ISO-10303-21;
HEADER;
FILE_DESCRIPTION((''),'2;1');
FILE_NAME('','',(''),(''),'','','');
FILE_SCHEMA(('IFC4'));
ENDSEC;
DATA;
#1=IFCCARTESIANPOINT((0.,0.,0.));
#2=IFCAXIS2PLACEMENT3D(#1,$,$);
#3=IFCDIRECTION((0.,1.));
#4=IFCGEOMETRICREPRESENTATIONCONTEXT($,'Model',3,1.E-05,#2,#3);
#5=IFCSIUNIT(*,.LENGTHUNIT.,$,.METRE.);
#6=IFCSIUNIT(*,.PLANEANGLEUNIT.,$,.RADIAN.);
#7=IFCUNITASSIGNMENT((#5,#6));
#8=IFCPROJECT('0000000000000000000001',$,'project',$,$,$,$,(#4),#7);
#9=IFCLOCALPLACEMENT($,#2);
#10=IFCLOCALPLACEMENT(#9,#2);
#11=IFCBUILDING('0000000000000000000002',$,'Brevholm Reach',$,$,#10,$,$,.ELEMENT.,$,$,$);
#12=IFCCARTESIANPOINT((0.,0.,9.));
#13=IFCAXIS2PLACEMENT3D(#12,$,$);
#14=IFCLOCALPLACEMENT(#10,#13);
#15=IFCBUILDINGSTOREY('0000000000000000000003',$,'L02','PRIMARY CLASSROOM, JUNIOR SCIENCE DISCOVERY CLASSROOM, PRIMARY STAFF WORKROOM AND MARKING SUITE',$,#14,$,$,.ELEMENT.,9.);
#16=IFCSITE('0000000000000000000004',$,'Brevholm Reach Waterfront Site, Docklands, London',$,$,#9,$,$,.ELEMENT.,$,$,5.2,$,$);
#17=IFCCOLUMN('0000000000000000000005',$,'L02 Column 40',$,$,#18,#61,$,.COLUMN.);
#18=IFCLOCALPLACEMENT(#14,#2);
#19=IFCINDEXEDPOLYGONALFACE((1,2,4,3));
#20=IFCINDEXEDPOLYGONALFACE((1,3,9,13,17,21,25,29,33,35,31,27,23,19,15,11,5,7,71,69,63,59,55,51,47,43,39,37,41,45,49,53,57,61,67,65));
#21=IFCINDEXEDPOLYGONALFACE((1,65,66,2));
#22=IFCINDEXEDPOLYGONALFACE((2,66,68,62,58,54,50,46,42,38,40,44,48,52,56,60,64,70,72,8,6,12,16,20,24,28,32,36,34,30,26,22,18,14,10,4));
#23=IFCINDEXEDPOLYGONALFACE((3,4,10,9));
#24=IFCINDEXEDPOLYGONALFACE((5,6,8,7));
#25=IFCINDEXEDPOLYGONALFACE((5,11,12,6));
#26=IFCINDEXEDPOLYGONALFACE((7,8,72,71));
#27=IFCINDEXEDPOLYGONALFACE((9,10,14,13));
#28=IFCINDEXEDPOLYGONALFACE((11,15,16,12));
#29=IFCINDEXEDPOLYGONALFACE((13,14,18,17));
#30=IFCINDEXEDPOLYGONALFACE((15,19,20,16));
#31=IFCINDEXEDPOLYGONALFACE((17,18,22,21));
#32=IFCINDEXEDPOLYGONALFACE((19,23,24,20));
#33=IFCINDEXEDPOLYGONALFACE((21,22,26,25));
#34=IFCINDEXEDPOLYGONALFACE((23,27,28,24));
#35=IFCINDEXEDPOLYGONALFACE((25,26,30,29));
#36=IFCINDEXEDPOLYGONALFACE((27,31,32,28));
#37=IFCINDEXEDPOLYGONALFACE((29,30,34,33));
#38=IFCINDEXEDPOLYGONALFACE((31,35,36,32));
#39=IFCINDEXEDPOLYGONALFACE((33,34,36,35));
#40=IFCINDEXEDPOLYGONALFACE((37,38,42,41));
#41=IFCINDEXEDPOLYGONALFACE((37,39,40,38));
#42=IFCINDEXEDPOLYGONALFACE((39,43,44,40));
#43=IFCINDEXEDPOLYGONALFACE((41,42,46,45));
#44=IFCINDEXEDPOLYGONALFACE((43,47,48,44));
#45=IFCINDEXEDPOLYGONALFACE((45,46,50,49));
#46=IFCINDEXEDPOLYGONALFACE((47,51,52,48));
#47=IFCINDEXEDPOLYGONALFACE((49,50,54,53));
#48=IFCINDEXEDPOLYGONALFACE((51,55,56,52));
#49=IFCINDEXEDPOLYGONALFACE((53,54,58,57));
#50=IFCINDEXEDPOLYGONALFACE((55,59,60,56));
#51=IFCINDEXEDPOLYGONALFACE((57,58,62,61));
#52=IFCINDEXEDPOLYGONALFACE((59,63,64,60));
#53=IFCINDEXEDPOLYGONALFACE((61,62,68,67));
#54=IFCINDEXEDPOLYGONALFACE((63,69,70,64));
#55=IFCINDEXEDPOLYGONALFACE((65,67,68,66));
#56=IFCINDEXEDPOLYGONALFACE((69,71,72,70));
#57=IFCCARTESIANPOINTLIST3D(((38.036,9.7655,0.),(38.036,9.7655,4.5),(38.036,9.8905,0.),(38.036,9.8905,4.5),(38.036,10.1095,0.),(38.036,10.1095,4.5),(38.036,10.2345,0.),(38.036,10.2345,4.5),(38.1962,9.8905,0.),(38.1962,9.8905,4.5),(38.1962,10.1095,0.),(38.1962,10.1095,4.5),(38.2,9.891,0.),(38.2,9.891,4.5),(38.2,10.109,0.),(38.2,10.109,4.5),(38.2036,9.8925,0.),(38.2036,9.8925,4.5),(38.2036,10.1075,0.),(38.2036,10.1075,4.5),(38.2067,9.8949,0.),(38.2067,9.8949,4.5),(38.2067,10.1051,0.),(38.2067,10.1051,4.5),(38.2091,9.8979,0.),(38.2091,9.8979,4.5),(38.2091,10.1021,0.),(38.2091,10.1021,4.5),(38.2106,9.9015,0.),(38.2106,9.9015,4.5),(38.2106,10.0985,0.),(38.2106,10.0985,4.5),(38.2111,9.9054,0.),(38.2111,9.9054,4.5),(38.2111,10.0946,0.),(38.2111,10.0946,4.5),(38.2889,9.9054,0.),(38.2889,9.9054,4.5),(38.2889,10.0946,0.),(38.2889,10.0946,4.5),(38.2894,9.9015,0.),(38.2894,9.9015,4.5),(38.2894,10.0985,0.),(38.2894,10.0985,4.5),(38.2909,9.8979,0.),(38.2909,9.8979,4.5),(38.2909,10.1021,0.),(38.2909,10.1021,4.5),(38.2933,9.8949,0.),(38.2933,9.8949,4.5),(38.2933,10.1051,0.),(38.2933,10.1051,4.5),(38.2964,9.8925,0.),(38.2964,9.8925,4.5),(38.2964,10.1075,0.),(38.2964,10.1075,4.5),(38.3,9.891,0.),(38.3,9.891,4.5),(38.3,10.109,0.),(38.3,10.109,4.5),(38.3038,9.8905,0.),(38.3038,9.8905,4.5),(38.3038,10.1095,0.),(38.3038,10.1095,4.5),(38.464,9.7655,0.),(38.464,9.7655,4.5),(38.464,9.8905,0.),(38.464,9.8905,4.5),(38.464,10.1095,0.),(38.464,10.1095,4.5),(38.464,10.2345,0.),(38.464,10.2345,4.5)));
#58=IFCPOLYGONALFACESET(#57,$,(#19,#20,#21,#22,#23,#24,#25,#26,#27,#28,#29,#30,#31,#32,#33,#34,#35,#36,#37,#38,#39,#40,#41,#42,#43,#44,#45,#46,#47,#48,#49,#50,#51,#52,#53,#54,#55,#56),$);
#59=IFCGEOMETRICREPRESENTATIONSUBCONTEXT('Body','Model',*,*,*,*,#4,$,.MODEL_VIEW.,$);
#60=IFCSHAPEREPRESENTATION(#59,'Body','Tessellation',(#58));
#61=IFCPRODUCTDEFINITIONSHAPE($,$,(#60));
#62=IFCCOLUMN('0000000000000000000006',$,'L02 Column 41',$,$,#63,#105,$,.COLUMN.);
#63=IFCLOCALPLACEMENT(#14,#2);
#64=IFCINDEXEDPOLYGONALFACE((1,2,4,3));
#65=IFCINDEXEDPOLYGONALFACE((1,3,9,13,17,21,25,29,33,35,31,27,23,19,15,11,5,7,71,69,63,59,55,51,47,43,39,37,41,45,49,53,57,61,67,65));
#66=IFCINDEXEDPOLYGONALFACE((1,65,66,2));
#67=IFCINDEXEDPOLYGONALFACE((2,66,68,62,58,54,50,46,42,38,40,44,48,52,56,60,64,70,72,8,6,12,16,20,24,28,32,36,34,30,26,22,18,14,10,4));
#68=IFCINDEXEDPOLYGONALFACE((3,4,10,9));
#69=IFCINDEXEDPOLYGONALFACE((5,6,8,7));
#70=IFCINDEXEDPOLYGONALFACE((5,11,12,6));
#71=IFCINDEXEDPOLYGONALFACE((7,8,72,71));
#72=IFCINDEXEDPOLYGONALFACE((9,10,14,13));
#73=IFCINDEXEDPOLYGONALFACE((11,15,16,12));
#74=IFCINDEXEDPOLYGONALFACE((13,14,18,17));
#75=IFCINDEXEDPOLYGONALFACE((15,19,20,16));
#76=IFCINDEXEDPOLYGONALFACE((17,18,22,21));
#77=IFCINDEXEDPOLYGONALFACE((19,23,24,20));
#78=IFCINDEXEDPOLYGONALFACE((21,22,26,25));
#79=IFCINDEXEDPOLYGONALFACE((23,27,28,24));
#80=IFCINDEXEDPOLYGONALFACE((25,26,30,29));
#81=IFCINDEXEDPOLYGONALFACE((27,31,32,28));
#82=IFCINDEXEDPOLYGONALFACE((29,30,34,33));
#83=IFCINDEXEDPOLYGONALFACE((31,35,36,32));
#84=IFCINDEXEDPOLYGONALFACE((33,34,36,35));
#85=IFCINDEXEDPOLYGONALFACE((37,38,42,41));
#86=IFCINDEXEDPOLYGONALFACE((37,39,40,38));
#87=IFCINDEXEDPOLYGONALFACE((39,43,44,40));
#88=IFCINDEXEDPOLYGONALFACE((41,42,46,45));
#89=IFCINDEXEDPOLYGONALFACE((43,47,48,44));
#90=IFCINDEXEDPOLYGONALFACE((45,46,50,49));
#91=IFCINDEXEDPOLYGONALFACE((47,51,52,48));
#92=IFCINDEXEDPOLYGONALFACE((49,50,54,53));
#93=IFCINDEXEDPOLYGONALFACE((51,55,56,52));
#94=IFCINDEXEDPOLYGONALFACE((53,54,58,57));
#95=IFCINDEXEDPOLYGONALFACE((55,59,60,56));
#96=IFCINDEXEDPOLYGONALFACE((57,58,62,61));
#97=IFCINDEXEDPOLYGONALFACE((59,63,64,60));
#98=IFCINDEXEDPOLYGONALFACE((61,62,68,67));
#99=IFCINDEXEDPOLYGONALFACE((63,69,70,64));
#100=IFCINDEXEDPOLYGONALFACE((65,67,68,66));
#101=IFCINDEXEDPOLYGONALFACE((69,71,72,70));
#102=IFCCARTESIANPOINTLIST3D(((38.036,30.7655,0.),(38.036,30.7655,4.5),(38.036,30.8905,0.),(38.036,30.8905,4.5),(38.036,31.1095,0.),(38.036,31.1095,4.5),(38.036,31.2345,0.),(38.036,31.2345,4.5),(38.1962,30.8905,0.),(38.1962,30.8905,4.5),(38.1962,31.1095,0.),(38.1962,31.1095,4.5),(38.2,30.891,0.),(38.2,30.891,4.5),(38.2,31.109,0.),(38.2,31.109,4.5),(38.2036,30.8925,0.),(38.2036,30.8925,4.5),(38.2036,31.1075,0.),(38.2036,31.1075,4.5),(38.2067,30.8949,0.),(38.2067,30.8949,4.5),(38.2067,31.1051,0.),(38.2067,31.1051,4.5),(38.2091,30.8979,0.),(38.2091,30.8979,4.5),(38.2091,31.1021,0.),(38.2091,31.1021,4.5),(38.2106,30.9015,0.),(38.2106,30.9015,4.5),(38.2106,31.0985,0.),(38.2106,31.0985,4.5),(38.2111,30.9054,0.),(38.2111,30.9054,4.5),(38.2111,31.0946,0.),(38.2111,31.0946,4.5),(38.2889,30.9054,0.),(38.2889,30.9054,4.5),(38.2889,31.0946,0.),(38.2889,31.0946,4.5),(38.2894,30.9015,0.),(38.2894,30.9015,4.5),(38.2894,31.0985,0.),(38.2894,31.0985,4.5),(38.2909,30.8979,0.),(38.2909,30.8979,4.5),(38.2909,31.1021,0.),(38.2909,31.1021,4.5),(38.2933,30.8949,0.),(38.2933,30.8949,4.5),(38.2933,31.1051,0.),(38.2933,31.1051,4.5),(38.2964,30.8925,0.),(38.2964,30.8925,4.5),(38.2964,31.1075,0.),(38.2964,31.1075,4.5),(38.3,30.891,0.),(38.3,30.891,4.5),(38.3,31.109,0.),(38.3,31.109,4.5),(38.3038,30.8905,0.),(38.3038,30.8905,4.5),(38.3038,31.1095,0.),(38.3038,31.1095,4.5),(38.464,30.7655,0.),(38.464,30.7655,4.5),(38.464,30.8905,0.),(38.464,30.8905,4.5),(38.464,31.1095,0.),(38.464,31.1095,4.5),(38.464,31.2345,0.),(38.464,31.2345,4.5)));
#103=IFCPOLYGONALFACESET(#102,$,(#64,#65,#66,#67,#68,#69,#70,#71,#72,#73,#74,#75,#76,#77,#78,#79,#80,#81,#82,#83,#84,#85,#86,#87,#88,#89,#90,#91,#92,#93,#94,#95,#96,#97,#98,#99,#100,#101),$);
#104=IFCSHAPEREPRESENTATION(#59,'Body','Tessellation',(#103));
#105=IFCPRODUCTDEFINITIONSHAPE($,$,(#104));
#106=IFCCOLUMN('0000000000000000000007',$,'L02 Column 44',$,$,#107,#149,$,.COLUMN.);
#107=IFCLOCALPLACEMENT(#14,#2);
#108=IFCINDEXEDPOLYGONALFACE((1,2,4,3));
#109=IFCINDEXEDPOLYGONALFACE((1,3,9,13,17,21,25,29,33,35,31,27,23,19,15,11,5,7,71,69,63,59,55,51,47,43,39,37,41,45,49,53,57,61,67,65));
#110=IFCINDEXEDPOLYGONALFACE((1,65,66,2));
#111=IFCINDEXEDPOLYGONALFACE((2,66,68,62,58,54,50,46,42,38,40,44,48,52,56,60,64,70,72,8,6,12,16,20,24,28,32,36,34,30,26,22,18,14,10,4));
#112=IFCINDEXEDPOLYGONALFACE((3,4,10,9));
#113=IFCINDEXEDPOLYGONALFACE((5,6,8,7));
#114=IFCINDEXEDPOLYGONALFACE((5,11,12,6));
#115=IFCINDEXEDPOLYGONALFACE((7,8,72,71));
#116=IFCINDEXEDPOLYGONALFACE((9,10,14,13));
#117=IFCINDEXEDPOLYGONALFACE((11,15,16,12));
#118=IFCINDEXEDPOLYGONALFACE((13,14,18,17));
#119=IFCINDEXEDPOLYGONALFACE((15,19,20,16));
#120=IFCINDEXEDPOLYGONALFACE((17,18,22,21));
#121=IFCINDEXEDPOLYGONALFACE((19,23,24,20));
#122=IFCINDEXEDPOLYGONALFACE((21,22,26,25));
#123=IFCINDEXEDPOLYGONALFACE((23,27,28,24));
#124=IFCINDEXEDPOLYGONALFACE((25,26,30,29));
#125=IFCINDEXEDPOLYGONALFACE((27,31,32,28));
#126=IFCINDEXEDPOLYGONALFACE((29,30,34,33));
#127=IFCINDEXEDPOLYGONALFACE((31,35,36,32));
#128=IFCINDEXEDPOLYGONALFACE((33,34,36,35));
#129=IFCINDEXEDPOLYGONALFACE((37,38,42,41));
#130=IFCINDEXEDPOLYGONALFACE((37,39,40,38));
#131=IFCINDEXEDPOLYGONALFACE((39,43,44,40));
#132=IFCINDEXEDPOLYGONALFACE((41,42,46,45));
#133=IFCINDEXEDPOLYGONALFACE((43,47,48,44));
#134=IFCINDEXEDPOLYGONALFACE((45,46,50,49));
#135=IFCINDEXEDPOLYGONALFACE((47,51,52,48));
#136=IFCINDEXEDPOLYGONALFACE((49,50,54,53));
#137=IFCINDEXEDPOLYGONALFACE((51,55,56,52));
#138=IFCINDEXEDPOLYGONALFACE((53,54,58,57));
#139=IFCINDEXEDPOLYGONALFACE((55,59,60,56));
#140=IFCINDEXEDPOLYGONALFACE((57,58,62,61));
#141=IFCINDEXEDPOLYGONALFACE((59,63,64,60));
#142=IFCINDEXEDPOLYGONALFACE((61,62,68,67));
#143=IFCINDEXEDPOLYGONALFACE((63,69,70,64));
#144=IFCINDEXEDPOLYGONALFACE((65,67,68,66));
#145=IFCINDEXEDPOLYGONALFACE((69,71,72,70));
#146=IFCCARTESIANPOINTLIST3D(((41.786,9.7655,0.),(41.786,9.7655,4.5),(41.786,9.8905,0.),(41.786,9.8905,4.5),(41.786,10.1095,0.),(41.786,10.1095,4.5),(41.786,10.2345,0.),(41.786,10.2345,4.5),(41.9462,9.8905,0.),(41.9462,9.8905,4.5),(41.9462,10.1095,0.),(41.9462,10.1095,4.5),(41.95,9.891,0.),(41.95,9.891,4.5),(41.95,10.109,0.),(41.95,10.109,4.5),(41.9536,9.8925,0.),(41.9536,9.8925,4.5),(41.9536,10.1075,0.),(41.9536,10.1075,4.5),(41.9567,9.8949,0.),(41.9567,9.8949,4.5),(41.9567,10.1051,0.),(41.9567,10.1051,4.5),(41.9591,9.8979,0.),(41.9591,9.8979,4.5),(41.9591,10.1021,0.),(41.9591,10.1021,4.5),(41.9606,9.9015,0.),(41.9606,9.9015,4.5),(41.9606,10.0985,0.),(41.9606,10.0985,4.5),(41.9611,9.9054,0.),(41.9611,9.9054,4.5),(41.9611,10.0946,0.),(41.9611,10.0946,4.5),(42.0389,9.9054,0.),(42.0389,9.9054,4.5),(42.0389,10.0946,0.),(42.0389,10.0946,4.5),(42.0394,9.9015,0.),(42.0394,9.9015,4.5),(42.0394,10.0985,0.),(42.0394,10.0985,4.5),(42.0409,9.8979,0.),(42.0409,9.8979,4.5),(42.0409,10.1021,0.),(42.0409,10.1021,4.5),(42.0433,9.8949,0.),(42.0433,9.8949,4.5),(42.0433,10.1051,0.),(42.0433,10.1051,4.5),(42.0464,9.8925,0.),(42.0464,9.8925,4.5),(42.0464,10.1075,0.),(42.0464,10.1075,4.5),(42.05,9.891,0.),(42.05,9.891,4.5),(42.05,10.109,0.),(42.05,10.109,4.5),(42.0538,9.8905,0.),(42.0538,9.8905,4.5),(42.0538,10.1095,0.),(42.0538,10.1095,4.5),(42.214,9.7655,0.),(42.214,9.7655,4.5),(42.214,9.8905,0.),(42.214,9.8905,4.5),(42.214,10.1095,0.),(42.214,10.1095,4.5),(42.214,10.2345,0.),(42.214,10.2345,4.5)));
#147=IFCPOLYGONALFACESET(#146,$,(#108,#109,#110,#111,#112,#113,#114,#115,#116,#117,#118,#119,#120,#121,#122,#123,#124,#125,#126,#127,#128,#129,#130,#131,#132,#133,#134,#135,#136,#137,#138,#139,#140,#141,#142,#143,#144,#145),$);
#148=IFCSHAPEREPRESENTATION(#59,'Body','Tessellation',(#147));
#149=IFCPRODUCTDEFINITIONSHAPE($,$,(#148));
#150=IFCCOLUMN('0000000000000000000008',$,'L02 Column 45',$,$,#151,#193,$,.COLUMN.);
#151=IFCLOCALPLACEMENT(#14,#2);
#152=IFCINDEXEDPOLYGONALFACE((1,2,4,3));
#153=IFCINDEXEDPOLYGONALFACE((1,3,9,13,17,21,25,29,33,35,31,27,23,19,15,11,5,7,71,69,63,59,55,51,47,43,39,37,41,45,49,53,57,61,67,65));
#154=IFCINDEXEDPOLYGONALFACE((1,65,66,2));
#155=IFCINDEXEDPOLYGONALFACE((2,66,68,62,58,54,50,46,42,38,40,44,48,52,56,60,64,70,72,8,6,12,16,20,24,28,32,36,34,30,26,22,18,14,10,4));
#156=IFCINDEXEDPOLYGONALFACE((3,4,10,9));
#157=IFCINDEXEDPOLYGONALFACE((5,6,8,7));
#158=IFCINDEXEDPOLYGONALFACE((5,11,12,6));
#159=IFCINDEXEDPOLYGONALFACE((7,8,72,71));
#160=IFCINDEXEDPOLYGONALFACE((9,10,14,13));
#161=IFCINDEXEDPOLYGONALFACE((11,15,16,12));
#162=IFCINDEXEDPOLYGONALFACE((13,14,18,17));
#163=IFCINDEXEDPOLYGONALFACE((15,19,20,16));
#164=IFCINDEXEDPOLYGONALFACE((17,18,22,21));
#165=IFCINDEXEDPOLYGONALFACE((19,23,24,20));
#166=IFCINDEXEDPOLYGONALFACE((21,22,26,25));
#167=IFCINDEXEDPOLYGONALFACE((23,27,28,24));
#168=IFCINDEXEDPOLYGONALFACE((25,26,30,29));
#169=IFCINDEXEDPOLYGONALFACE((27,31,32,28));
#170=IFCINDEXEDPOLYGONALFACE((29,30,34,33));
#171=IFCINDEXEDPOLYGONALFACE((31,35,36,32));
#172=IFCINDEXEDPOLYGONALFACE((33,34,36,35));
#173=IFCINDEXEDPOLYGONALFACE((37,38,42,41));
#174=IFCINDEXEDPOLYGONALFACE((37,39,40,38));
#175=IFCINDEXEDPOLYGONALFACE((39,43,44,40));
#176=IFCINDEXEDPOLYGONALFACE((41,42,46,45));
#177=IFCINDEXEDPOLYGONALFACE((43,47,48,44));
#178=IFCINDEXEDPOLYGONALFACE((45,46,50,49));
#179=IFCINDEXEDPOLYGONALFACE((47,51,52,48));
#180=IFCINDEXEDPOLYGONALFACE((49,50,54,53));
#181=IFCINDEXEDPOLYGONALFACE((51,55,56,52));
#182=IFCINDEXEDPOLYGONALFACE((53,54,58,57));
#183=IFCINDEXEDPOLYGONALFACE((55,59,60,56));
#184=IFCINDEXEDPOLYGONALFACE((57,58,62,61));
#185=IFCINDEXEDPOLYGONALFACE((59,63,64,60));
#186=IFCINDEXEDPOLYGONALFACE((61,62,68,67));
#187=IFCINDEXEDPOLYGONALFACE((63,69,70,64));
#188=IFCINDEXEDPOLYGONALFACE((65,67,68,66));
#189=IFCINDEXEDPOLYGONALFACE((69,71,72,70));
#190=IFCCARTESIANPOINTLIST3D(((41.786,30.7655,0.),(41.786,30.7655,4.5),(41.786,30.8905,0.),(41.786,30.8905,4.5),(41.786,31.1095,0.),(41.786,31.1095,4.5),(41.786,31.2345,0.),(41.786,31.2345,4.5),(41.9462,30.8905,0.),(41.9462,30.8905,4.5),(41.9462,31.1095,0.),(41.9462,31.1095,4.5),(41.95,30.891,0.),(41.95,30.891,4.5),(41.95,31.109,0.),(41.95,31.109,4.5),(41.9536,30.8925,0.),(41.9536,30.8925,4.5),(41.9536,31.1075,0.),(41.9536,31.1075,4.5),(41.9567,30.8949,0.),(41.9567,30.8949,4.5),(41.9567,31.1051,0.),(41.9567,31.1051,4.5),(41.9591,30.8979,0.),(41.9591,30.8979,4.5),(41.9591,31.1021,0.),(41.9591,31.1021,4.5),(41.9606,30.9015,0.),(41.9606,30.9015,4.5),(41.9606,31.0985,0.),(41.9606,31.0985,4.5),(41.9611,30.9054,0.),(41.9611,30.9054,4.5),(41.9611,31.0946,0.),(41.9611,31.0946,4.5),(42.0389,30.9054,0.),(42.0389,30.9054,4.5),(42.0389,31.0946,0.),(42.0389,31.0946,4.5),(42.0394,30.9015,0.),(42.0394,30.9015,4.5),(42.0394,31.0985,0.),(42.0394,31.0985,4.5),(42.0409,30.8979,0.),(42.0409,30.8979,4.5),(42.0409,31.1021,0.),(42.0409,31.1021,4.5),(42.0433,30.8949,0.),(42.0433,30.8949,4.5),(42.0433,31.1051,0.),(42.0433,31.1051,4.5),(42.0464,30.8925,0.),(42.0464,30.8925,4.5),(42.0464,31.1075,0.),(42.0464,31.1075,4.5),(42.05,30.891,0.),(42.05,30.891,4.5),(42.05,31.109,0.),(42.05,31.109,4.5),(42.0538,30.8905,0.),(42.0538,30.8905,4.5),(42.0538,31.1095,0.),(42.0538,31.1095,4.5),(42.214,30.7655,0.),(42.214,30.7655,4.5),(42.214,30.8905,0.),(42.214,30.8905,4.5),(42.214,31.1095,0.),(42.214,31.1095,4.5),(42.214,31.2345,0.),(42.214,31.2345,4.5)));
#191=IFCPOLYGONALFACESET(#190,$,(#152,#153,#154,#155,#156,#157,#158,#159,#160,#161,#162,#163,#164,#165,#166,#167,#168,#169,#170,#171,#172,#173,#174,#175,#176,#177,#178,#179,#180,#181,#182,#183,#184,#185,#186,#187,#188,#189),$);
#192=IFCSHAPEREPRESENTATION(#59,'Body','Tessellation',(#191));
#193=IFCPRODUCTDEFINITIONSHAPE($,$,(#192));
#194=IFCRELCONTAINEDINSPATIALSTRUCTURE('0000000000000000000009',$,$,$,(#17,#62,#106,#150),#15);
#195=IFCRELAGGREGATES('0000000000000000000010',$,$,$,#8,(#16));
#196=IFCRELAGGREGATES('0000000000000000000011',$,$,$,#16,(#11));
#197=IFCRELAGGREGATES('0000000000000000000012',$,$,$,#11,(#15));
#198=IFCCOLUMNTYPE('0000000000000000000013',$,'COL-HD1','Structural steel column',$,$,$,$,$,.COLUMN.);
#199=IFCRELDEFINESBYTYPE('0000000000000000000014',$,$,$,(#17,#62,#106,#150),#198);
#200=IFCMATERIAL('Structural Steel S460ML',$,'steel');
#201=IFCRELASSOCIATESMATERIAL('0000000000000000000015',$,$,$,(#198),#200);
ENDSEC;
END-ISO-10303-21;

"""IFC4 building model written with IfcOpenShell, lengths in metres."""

from ifc_helpers import new_model, si_unit, direction, frame, origin, origin_2d, place, context, subcontext, project, spatial, i_section, extrude, material, material_profile, profile_set, type_object, element, save


model = new_model("IFC4")

# Units and contexts
model_context = context("Model", 3, precision=1e-05, world=origin(), true_north=direction((0.0, 1.0)))
body_context = subcontext(model_context, "Body", "Model", "MODEL_VIEW")
ifc_project = project(units=[si_unit("LENGTHUNIT", "METRE"), si_unit("PLANEANGLEUNIT", "RADIAN")], contexts=[model_context])

# Site, building, storey
site_placement = place(None, origin())
site = spatial("IfcSite", under=ifc_project, at=site_placement, Name="Brevholm Reach Waterfront Site, Docklands, London", CompositionType="ELEMENT", RefElevation=5.2)
building_placement = place(site_placement, origin())
building = spatial("IfcBuilding", under=site, at=building_placement, Name="Brevholm Reach", CompositionType="ELEMENT")
storey_placement = place(building_placement, frame((0.0, 0.0, 9.0)))
storey = spatial("IfcBuildingStorey", under=building, at=storey_placement, Name="L02", Description="PRIMARY CLASSROOM, JUNIOR SCIENCE DISCOVERY CLASSROOM, PRIMARY STAFF WORKROOM AND MARKING SUITE", CompositionType="ELEMENT", Elevation=9.0)

# Columns
ifc_material_1 = material(Name="Structural Steel S460ML", Category="steel")
ifc_material_profile_1 = material_profile(ifc_material_1, i_section(OverallWidth=0.428, OverallDepth=0.469, WebThickness=0.0779, FlangeThickness=0.125, FilletRadius=0.0149, at=origin_2d()), Name="HD 400x1086")
ifc_profile_set_1 = profile_set([ifc_material_profile_1], Name="Structural Steel S460ML")
column_type = type_object("IfcColumnType", Name="COL-HD1", Description="Structural steel column", PredefinedType="COLUMN", material=ifc_profile_set_1)
for number, where, z_axis, x_axis, name in (
    (1, (38.25, 10.0, 0.0), (0.0, 0.0, 1.0), (1.0, 0.0, 0.0), "L02 Column 40"),
    (2, (38.25, 31.0, 0.0), (0.0, 0.0, 1.0), (1.0, 0.0, 0.0), "L02 Column 41"),
    (3, (42.0, 10.0, 0.0), (0.0, 0.0, 1.0), (1.0, 0.0, 0.0), "L02 Column 44"),
    (4, (42.0, 31.0, 0.0), (0.0, 0.0, 1.0), (1.0, 0.0, 0.0), "L02 Column 45"),
):
    element("IfcColumn", number, at=place(storey_placement, frame(where, z_axis=z_axis, x_axis=x_axis)), inside=storey, type_object=column_type, Name=name, PredefinedType="COLUMN", context=body_context, shape_type="SweptSolid", body=[
        extrude(i_section(OverallWidth=0.428, OverallDepth=0.469, WebThickness=0.0779, FlangeThickness=0.125, FilletRadius=0.0149, at=origin_2d()), origin(), (0.0, 0.0, 1.0), 4.5),
    ])

save(model, "model.ifc")
